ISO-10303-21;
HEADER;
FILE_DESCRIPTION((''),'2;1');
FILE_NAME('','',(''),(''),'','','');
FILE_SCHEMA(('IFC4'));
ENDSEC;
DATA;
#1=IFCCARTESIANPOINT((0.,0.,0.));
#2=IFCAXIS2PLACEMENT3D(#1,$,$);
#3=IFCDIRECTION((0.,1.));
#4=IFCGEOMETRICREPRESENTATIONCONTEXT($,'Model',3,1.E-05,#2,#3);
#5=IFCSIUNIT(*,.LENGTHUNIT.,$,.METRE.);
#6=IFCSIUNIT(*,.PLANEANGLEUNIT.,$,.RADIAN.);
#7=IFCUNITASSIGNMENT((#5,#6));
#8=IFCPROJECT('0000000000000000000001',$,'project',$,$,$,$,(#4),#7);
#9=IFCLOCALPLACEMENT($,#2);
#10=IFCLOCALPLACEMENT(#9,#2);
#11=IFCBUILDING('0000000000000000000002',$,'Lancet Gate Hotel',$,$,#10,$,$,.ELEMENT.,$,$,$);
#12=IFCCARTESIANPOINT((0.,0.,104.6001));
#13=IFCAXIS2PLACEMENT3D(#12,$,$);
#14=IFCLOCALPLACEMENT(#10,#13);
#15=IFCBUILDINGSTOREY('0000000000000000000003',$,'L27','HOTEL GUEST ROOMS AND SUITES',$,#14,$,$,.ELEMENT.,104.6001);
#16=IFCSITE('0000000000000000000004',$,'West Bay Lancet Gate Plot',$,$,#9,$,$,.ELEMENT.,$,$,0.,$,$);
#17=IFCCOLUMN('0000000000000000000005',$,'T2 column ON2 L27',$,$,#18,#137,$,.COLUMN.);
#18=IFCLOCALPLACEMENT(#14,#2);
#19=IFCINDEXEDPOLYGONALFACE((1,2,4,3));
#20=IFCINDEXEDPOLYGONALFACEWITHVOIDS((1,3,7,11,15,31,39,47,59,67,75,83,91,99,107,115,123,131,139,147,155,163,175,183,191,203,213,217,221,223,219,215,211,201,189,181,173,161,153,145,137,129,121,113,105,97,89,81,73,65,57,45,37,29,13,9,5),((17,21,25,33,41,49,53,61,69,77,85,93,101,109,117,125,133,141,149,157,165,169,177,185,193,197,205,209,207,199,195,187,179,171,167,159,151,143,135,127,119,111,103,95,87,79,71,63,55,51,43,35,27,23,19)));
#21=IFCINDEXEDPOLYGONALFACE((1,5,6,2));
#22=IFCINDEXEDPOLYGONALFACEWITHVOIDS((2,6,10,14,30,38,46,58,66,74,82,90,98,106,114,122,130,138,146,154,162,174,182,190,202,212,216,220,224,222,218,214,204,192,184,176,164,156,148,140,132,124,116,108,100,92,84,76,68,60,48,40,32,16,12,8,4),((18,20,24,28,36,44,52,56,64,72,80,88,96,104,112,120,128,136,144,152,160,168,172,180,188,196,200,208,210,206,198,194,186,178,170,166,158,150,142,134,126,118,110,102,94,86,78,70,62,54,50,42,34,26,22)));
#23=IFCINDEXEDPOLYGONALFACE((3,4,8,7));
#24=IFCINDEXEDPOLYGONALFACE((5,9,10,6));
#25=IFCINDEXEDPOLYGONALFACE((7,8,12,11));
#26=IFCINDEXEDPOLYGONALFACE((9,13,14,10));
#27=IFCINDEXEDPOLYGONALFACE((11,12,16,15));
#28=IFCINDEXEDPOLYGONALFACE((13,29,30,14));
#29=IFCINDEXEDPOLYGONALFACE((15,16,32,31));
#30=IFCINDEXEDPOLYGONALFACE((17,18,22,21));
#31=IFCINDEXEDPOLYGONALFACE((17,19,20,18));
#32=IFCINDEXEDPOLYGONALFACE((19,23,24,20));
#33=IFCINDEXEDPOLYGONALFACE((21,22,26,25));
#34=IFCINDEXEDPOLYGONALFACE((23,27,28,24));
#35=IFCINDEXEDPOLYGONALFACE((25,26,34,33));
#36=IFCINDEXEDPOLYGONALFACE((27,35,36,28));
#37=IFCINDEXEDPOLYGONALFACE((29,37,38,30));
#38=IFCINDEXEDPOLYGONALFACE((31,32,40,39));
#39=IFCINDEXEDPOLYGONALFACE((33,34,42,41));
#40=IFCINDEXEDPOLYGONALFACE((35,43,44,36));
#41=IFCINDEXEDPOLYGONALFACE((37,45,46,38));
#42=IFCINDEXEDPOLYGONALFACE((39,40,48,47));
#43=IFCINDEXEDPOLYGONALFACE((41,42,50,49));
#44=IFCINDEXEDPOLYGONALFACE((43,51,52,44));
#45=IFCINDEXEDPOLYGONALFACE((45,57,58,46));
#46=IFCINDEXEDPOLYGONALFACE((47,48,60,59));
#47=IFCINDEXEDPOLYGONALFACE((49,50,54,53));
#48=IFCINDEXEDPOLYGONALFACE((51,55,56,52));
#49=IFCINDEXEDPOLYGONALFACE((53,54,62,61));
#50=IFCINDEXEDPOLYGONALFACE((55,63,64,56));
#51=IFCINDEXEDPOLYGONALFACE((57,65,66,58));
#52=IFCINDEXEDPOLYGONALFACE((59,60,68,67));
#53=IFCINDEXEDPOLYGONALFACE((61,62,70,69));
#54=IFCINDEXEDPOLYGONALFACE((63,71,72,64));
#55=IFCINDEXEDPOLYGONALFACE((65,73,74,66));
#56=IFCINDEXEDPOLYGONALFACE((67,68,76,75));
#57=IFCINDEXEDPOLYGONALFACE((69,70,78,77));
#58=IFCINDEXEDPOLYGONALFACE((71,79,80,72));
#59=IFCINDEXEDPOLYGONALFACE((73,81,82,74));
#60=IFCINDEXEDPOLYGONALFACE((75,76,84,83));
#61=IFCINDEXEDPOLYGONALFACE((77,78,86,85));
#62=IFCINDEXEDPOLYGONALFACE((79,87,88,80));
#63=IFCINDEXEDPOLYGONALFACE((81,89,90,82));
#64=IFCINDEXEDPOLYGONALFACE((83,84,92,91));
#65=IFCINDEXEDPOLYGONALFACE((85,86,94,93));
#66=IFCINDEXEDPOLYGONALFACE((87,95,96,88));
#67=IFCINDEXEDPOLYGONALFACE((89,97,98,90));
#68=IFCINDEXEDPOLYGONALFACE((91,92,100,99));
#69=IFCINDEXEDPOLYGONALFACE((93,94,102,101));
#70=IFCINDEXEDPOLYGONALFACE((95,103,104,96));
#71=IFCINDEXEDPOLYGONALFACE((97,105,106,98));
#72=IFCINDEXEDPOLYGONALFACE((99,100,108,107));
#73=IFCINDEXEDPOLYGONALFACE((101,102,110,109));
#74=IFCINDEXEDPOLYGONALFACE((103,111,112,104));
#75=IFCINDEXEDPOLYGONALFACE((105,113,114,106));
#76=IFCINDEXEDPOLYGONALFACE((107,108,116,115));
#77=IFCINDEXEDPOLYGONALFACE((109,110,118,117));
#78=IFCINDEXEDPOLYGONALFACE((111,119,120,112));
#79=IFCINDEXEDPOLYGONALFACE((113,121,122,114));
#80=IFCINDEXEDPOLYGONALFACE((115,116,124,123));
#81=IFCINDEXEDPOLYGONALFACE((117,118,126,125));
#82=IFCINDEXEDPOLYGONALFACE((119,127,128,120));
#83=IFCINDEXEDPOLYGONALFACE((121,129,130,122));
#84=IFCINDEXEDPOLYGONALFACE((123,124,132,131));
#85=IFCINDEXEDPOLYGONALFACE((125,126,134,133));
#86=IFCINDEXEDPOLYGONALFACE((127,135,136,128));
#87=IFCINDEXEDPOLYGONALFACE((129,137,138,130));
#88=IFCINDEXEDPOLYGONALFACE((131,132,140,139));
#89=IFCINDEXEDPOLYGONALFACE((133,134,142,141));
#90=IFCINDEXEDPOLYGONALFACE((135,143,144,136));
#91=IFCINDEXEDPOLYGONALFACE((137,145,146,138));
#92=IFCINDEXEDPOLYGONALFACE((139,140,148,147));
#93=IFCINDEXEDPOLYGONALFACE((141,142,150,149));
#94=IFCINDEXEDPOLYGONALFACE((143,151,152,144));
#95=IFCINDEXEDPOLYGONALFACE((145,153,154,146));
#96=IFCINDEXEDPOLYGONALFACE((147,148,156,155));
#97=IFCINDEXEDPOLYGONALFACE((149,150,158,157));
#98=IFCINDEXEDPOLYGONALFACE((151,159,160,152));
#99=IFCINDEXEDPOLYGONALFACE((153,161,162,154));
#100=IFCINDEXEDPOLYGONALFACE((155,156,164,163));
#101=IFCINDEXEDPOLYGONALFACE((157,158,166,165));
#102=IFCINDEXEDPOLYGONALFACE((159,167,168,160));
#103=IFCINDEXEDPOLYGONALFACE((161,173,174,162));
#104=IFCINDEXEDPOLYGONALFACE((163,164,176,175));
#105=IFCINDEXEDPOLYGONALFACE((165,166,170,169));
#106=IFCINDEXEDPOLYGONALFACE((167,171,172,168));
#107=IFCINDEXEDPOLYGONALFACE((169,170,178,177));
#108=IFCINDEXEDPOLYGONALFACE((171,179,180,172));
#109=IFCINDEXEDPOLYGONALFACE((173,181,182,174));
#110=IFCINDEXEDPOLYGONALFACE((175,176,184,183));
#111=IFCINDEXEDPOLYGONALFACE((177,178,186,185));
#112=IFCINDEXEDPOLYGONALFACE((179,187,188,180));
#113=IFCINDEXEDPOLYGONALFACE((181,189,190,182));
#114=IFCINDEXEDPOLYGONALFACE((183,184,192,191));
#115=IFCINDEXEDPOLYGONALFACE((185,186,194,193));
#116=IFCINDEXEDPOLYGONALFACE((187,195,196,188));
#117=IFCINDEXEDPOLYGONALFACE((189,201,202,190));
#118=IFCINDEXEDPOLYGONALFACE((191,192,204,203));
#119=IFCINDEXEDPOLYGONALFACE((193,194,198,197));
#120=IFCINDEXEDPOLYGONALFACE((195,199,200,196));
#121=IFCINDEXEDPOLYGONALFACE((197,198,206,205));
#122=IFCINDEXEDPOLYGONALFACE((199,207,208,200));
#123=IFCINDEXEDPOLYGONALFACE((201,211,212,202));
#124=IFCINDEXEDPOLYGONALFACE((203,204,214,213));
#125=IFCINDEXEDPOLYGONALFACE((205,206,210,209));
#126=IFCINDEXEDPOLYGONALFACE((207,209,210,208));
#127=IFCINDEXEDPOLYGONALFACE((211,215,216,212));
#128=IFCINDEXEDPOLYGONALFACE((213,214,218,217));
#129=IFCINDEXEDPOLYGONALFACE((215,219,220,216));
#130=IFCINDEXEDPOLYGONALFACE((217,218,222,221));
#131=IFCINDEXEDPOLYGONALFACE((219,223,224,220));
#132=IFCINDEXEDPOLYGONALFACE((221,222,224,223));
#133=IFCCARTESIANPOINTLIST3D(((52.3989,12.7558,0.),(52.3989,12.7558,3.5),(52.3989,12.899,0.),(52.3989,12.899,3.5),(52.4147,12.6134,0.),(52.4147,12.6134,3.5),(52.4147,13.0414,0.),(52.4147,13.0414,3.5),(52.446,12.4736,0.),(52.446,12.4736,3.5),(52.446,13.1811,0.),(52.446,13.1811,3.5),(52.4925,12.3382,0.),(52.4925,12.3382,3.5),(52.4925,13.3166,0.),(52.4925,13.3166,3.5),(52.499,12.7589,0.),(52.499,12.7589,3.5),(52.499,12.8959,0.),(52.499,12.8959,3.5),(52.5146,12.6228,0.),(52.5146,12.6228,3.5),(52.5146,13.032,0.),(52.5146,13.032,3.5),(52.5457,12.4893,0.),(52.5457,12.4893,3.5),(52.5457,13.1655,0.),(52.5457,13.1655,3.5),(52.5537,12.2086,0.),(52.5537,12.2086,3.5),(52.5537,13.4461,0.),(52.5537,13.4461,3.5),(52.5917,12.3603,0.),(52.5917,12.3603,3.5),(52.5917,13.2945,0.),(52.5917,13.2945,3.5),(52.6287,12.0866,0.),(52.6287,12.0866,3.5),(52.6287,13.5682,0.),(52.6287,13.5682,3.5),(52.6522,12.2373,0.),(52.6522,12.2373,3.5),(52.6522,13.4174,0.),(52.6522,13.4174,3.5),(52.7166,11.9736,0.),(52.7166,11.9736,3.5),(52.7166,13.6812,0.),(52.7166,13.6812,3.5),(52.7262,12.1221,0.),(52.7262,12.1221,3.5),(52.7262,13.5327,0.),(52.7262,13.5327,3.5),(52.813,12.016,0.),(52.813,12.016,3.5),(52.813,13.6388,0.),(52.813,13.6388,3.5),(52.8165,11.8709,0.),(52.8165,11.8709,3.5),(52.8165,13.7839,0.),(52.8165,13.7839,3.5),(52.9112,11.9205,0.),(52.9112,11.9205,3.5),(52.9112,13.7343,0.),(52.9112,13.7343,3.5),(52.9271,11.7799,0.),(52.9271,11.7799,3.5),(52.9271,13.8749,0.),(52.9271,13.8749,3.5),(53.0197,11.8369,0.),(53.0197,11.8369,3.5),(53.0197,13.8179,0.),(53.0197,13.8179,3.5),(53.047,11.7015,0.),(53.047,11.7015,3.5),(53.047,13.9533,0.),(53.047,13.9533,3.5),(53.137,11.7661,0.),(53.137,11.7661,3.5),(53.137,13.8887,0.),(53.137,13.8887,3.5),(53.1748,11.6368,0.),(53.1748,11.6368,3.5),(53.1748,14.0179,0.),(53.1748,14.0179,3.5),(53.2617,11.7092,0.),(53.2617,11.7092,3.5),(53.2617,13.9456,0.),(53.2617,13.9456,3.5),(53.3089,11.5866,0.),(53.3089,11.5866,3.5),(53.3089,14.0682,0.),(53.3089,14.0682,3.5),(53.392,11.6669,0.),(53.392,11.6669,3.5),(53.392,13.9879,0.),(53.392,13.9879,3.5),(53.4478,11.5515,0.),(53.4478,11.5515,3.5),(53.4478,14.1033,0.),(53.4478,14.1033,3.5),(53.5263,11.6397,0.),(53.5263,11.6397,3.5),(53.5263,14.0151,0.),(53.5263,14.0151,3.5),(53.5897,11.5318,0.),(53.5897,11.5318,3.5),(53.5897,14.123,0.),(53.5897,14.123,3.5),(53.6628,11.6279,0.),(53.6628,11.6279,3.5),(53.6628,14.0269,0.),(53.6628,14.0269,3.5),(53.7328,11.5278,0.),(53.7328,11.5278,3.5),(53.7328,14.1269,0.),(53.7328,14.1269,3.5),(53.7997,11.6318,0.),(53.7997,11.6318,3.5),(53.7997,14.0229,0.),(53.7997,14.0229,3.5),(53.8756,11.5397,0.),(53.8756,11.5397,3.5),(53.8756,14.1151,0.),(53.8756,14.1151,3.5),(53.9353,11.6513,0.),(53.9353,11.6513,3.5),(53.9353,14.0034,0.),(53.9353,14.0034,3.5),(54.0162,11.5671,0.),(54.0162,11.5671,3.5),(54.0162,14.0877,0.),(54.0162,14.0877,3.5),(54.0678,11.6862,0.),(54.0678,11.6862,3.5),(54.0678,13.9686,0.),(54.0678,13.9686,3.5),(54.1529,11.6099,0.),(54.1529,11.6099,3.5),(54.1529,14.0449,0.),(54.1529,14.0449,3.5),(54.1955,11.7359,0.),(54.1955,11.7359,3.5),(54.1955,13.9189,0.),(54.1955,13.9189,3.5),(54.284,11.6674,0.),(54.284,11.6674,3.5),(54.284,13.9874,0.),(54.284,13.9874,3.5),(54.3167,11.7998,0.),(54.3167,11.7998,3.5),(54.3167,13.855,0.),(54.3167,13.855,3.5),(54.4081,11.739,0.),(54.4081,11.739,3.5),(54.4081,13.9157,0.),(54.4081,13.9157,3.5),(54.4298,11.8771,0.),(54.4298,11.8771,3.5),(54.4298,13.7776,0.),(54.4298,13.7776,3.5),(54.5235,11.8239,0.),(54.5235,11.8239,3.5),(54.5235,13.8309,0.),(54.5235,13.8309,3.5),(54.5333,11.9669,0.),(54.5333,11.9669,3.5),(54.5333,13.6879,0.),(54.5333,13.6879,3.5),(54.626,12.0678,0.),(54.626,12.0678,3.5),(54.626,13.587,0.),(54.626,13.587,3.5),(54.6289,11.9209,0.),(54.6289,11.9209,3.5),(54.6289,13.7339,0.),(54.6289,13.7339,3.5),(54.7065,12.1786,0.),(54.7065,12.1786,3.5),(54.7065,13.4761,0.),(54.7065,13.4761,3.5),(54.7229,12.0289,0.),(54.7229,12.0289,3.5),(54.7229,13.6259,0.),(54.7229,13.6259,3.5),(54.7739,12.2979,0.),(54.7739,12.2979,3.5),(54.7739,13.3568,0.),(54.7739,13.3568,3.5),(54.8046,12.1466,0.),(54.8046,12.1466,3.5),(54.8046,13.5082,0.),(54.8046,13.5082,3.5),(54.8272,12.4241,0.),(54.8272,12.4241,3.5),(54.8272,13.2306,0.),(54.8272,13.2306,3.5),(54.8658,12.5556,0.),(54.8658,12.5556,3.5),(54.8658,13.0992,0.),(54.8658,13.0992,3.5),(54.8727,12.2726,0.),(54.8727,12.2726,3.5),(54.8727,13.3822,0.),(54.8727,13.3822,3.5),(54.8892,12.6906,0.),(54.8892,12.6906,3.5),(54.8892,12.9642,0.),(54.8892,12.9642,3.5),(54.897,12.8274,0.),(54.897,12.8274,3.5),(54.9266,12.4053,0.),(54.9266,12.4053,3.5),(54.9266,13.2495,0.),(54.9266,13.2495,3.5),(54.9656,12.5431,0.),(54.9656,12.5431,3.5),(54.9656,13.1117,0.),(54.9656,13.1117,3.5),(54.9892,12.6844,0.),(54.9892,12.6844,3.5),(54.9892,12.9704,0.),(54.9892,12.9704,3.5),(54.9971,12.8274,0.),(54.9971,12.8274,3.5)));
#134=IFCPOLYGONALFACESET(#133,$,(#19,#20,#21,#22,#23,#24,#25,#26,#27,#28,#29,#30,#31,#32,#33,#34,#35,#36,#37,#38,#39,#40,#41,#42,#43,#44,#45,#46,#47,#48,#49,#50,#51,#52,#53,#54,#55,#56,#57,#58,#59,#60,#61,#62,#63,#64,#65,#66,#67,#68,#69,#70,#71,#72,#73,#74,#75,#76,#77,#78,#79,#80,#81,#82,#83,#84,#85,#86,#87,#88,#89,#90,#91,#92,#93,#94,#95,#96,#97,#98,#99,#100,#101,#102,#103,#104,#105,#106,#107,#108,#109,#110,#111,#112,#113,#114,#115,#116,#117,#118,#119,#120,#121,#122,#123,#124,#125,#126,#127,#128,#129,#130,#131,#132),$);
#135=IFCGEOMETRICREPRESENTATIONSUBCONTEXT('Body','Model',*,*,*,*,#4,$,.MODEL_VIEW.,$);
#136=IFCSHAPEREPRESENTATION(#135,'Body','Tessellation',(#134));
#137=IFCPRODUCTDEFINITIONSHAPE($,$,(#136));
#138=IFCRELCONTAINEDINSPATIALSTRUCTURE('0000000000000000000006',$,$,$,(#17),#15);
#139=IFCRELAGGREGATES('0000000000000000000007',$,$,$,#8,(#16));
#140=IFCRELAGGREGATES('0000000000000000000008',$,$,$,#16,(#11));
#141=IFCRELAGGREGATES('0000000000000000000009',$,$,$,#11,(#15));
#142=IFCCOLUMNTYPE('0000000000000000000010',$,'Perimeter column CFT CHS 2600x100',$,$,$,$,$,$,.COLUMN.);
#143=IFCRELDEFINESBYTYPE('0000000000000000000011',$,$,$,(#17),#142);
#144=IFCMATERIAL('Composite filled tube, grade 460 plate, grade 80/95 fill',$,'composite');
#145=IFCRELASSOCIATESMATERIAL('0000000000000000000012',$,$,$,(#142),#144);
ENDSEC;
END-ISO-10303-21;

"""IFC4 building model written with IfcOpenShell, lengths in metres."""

from ifc_helpers import new_model, si_unit, direction, frame, origin, origin_2d, place, context, subcontext, project, spatial, hollow_circle, extrude, material, material_profile, profile_set, type_object, element, save


model = new_model("IFC4")

# Units and contexts
model_context = context("Model", 3, precision=1e-05, world=origin(), true_north=direction((0.0, 1.0)))
body_context = subcontext(model_context, "Body", "Model", "MODEL_VIEW")
ifc_project = project(units=[si_unit("LENGTHUNIT", "METRE"), si_unit("PLANEANGLEUNIT", "RADIAN")], contexts=[model_context])

# Site, building, storey
site_placement = place(None, origin())
site = spatial("IfcSite", under=ifc_project, at=site_placement, Name="West Bay Lancet Gate Plot", CompositionType="ELEMENT", RefElevation=0.0)
building_placement = place(site_placement, origin())
building = spatial("IfcBuilding", under=site, at=building_placement, Name="Lancet Gate Hotel", CompositionType="ELEMENT")
storey_placement = place(building_placement, frame((0.0, 0.0, 104.6001)))
storey = spatial("IfcBuildingStorey", under=building, at=storey_placement, Name="L27", Description="HOTEL GUEST ROOMS AND SUITES", CompositionType="ELEMENT", Elevation=104.6001)

# Column
ifc_material_1 = material(Name="Composite filled tube, grade 460 plate, grade 80/95 fill", Category="composite")
ifc_material_profile_1 = material_profile(ifc_material_1, hollow_circle(Radius=1.3, WallThickness=0.1001, at=origin_2d()), Name="CHS 2600x100")
ifc_profile_set_1 = profile_set([ifc_material_profile_1], Name="Composite filled tube, grade 460 plate, grade 80/95 fill")
column_type = type_object("IfcColumnType", Name="Perimeter column CFT CHS 2600x100", PredefinedType="COLUMN", material=ifc_profile_set_1)
for number, where, z_axis, x_axis, name in (
    (1, (53.697, 12.8274, 0.0), (0.0, 0.0, 1.0), (1.0, 0.0, 0.0), "T2 column ON2 L27"),
):
    element("IfcColumn", number, at=place(storey_placement, frame(where, z_axis=z_axis, x_axis=x_axis)), inside=storey, type_object=column_type, Name=name, PredefinedType="COLUMN", context=body_context, shape_type="SweptSolid", body=[
        extrude(hollow_circle(Radius=1.3, WallThickness=0.1001, at=origin_2d()), origin(), (0.0, 0.0, 1.0), 3.5),
    ])

save(model, "model.ifc")
